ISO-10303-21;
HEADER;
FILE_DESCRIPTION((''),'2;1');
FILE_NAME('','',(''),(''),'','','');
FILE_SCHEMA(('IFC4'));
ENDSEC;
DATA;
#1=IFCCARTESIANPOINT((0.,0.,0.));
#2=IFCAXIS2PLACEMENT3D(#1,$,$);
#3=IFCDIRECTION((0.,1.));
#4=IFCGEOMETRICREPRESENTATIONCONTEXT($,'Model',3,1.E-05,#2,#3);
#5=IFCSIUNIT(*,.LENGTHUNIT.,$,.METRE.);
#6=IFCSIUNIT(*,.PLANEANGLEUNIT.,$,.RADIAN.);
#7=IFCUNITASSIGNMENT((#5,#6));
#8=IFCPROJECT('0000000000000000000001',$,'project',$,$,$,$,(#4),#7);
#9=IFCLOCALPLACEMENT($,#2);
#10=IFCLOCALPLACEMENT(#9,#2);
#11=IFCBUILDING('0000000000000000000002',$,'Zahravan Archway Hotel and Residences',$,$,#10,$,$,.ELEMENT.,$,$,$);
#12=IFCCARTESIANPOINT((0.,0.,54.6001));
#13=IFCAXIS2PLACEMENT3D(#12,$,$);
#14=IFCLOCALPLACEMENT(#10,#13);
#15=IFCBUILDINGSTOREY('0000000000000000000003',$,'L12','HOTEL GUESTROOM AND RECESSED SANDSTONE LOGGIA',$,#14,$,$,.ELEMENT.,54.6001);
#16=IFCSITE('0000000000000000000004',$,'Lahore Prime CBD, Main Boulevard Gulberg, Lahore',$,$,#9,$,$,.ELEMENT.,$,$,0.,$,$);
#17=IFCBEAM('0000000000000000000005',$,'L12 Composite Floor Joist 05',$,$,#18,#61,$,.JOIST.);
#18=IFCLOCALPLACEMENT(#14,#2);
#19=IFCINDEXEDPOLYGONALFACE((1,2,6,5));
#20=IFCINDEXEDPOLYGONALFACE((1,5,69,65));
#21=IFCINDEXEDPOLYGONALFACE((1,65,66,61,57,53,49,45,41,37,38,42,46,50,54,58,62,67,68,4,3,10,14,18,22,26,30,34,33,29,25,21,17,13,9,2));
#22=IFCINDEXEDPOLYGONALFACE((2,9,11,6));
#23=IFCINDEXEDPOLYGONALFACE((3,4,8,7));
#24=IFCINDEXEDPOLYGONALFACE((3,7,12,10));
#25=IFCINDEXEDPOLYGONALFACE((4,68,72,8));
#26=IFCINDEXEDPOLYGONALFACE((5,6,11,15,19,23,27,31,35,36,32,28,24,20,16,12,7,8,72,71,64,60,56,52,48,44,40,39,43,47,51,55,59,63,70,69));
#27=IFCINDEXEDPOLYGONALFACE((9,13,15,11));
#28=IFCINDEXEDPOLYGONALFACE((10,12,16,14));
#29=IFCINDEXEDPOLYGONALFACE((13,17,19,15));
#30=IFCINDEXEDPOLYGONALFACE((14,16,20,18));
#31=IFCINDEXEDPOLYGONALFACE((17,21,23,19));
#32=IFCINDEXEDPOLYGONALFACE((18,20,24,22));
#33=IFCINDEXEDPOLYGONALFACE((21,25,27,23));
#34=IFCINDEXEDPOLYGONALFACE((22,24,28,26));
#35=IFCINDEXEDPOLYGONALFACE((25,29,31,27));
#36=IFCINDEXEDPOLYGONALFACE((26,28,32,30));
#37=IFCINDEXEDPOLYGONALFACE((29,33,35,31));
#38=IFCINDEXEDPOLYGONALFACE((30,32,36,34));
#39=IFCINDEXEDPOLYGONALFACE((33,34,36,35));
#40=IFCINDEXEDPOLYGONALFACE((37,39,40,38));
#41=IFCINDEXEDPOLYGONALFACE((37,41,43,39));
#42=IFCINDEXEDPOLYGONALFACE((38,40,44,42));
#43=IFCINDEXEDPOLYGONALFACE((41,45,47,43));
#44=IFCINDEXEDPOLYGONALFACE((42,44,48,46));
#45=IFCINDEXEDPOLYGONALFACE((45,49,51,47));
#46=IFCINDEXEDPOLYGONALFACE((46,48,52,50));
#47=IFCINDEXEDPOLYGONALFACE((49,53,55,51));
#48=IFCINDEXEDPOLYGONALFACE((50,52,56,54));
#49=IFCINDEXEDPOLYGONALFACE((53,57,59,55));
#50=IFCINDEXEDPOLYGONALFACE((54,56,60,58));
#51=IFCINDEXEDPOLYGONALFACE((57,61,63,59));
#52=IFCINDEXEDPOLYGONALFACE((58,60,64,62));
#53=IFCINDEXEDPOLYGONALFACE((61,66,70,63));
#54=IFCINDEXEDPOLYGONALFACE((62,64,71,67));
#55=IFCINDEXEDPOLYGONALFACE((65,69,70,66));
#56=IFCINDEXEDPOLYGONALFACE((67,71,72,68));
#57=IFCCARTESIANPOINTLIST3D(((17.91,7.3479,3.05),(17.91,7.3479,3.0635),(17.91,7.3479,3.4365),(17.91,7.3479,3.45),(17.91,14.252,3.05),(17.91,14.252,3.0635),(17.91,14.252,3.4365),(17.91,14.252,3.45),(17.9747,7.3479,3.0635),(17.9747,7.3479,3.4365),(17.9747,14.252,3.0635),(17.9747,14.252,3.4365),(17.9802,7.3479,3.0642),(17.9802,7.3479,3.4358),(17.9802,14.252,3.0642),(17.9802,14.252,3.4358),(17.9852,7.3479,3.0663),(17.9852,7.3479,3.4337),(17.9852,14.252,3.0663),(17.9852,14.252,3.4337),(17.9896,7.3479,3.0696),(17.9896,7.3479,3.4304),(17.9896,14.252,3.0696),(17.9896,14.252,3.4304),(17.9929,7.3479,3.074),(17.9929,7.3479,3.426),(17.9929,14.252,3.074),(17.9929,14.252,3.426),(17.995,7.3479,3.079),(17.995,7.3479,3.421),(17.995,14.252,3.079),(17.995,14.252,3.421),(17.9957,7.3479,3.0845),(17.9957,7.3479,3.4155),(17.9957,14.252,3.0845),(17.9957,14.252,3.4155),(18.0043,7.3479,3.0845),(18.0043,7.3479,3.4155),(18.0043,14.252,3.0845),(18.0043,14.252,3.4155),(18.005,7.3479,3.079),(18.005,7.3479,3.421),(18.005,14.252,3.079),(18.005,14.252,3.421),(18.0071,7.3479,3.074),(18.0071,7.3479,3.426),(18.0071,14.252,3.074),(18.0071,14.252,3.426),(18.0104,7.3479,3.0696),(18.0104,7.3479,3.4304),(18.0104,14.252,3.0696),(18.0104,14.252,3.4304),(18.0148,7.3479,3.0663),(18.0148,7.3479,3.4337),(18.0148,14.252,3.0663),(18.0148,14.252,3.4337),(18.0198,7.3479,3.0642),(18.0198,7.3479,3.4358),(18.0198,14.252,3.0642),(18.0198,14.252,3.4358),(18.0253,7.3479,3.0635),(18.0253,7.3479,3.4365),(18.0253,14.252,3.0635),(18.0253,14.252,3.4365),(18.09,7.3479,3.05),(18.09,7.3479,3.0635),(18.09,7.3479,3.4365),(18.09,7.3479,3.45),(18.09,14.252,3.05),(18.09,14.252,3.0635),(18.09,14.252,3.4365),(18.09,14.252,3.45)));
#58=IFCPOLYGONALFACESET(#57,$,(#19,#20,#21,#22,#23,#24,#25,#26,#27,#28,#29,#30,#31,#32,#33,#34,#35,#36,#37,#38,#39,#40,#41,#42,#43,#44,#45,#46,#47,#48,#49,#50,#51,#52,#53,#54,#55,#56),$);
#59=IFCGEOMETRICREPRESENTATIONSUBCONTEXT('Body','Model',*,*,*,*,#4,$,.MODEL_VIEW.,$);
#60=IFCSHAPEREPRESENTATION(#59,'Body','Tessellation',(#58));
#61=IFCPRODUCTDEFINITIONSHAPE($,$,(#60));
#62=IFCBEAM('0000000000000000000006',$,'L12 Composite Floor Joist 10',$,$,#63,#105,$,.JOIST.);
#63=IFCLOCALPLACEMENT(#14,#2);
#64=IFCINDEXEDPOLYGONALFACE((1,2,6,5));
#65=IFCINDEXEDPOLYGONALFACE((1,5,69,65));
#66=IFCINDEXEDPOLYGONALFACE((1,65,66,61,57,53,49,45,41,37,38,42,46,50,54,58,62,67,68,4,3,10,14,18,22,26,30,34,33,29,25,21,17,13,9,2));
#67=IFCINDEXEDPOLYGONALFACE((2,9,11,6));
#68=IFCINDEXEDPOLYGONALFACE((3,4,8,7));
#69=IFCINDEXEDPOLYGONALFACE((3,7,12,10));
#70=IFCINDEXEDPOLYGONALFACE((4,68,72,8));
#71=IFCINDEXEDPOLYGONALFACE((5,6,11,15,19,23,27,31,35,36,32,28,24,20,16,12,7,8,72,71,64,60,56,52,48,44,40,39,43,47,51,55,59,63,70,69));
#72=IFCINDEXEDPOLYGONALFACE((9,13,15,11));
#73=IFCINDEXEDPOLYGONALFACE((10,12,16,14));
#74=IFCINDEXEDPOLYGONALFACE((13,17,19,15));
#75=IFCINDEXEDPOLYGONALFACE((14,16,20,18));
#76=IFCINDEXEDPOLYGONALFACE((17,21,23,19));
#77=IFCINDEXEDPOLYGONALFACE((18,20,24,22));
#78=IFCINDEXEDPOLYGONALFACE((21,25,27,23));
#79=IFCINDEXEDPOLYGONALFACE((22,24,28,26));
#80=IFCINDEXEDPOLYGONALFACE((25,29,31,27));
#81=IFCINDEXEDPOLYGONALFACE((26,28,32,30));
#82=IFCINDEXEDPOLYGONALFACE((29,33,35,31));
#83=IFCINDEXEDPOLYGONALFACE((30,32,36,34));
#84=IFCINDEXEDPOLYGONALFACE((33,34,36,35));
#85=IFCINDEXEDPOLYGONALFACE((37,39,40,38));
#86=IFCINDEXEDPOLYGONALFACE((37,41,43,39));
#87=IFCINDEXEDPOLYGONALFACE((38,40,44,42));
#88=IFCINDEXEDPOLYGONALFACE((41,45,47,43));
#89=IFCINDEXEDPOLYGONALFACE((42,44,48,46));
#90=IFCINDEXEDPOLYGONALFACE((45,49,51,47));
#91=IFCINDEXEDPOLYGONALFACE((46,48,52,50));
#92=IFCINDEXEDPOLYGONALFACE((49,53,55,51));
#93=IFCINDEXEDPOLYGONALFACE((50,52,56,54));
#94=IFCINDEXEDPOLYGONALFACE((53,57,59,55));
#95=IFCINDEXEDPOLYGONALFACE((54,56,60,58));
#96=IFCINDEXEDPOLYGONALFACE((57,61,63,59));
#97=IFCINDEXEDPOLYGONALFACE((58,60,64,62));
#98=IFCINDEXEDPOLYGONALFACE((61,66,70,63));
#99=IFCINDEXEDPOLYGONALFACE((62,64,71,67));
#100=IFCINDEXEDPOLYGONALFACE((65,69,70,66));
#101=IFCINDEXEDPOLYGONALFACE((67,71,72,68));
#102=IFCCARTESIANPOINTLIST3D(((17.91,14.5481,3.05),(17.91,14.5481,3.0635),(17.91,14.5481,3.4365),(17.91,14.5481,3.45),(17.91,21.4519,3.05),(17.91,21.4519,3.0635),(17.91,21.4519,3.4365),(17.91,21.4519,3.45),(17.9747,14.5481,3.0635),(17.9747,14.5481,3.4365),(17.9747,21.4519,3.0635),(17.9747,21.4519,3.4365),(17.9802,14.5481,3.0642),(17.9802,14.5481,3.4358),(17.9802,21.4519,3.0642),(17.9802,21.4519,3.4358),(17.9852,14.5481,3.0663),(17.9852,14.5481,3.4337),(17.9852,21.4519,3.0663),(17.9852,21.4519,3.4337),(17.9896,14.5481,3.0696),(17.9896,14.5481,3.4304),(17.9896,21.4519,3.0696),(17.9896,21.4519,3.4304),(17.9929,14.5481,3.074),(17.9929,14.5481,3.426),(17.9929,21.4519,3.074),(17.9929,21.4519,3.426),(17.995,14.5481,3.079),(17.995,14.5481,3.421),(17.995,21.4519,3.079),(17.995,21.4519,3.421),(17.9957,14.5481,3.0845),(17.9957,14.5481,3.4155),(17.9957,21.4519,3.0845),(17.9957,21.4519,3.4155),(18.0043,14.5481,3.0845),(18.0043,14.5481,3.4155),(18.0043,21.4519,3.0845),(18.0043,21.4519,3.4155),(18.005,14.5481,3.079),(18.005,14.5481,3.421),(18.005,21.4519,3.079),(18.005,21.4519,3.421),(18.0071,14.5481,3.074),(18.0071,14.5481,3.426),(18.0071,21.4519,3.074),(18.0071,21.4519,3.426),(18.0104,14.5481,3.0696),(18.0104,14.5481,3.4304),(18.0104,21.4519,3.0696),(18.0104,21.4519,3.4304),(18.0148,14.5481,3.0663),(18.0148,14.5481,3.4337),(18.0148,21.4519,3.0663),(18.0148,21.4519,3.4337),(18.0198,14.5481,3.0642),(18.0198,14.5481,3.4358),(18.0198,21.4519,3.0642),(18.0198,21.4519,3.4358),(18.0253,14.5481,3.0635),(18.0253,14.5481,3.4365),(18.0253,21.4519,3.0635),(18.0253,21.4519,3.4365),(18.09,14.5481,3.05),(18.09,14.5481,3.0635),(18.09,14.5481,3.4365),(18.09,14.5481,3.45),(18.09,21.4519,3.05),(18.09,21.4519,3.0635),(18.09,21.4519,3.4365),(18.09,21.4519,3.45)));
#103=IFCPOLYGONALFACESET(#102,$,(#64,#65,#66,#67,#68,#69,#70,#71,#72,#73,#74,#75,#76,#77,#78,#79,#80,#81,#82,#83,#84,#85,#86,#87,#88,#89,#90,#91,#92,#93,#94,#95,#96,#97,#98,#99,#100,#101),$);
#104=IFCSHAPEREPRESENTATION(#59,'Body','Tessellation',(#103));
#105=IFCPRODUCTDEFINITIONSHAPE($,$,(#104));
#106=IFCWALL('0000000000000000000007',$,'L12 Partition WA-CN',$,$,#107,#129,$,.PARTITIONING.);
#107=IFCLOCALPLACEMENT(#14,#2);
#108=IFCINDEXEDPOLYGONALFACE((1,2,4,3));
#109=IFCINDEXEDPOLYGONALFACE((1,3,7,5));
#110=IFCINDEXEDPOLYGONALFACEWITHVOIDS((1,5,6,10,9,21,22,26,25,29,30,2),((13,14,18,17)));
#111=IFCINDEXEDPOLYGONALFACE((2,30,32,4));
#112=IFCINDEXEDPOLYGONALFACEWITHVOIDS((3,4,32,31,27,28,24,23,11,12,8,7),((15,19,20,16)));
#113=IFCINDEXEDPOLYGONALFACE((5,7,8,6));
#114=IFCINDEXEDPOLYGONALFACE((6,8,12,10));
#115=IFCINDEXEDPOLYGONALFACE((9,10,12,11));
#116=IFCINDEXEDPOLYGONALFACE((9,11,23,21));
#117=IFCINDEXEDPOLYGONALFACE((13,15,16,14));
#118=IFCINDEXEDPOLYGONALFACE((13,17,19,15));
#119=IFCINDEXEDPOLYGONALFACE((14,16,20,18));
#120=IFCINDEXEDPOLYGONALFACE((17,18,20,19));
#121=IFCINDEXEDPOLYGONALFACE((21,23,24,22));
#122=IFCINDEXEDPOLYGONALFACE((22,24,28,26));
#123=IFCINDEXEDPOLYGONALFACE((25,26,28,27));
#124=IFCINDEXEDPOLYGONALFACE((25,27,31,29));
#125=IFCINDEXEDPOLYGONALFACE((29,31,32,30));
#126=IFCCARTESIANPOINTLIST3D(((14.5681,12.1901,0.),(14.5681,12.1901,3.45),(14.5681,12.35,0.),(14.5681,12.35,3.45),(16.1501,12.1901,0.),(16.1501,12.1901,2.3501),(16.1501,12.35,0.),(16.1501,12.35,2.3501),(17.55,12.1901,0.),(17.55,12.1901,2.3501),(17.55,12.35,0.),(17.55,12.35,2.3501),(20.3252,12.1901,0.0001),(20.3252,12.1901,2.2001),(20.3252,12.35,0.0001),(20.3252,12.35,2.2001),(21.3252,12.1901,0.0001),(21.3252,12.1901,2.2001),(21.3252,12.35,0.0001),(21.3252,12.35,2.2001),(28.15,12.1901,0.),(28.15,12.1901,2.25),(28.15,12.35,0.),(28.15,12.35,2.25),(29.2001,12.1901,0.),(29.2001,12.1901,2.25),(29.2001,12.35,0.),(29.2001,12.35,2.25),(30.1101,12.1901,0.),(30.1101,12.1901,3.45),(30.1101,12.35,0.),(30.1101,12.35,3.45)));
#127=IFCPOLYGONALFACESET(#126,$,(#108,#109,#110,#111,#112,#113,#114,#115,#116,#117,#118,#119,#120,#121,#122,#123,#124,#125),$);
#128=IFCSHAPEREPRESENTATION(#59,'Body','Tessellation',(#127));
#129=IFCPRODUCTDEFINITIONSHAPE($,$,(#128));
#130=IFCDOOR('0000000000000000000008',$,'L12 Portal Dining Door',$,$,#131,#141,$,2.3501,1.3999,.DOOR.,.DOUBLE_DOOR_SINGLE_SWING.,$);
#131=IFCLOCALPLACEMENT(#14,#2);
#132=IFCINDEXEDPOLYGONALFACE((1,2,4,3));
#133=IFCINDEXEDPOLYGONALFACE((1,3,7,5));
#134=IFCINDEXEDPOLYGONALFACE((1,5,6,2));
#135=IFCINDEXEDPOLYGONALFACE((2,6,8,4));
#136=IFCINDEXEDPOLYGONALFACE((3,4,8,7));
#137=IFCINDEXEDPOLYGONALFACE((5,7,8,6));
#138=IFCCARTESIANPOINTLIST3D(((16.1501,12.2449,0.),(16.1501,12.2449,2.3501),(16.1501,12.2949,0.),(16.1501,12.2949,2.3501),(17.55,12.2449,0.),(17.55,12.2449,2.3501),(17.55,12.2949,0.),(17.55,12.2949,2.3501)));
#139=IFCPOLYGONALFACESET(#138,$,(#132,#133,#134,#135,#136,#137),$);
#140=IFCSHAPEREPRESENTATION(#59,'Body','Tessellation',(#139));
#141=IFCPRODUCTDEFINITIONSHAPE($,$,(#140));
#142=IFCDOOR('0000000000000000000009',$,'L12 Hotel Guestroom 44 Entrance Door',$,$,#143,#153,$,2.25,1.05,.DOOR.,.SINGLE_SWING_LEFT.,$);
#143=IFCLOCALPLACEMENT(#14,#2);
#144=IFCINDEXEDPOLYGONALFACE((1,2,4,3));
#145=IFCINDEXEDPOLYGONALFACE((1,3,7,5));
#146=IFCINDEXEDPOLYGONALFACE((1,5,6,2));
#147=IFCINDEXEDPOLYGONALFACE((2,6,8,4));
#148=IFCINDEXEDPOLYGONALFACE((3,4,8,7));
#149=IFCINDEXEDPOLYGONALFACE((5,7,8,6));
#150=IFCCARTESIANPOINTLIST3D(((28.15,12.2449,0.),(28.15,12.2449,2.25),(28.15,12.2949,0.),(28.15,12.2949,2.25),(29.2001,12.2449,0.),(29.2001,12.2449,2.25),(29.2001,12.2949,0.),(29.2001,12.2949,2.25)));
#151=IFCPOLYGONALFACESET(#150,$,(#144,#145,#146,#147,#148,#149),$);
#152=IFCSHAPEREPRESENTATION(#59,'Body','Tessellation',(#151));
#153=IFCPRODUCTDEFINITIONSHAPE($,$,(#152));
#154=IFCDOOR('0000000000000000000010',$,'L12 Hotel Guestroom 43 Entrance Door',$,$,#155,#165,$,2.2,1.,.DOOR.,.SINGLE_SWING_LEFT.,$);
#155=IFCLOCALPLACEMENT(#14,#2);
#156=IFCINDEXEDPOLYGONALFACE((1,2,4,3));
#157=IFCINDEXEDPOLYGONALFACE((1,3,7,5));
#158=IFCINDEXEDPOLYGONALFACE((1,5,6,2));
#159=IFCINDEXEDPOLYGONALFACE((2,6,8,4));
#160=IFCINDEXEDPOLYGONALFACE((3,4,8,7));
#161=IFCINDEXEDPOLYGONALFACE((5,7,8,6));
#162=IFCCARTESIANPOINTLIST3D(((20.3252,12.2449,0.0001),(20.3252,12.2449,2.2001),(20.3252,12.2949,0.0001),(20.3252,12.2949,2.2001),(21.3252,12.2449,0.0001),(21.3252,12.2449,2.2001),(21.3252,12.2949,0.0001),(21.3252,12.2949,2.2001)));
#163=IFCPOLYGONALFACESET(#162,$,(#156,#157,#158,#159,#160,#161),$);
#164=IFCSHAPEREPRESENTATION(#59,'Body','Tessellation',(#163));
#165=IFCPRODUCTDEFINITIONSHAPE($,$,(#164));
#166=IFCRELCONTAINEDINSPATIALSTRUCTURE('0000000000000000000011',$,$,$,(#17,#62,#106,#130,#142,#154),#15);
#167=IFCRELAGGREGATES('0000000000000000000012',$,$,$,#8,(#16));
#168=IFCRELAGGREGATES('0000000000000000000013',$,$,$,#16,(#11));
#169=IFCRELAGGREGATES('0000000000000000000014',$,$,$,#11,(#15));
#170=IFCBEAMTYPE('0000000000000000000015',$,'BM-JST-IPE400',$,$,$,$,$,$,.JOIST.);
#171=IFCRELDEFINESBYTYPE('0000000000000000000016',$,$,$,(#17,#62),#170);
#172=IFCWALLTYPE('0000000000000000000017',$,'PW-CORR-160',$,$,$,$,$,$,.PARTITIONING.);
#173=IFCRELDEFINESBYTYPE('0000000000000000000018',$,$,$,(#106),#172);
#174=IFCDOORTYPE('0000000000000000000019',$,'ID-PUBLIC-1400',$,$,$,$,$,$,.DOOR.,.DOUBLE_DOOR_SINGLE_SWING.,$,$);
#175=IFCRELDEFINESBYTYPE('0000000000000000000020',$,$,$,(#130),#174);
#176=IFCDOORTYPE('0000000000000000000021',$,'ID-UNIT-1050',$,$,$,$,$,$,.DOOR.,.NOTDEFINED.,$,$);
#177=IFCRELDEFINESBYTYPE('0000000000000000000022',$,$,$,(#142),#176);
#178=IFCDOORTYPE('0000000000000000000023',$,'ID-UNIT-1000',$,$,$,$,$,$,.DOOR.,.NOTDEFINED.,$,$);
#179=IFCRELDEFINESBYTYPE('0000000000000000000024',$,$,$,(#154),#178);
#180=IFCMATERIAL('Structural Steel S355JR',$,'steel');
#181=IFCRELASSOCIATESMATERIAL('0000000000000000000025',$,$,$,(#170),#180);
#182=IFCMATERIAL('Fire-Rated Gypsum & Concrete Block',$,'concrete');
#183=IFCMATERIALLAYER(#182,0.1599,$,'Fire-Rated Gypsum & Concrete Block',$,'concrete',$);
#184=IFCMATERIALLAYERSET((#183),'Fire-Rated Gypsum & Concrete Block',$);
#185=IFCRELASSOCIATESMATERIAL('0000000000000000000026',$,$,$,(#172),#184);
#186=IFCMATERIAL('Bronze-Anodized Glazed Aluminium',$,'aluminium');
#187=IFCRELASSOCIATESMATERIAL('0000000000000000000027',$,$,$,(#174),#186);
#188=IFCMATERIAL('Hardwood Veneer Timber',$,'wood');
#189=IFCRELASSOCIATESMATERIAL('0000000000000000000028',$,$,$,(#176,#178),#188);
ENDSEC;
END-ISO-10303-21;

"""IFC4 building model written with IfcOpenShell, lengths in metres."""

from ifc_helpers import new_model, si_unit, direction, frame, frame_2d, origin, origin_2d, place, context, subcontext, project, spatial, rectangle, i_section, extrude, source, transform, mapped, material, layer, layer_set, material_profile, profile_set, type_object, type_shapes, element, fill, save


model = new_model("IFC4")

# Units and contexts
model_context = context("Model", 3, precision=1e-05, world=origin(), true_north=direction((0.0, 1.0)))
body_context = subcontext(model_context, "Body", "Model", "MODEL_VIEW")
ifc_project = project(units=[si_unit("LENGTHUNIT", "METRE"), si_unit("PLANEANGLEUNIT", "RADIAN")], contexts=[model_context])

# Site, building, storey
site_placement = place(None, origin())
site = spatial("IfcSite", under=ifc_project, at=site_placement, Name="Lahore Prime CBD, Main Boulevard Gulberg, Lahore", CompositionType="ELEMENT", RefElevation=0.0)
building_placement = place(site_placement, origin())
building = spatial("IfcBuilding", under=site, at=building_placement, Name="Zahravan Archway Hotel and Residences", CompositionType="ELEMENT")
storey_placement = place(building_placement, frame((0.0, 0.0, 54.6001)))
storey = spatial("IfcBuildingStorey", under=building, at=storey_placement, Name="L12", Description="HOTEL GUESTROOM AND RECESSED SANDSTONE LOGGIA", CompositionType="ELEMENT", Elevation=54.6001)

# Beams
ifc_material_1 = material(Name="Structural Steel S355JR", Category="steel")
ifc_material_profile_1 = material_profile(ifc_material_1, i_section(OverallWidth=0.1799, OverallDepth=0.3999, WebThickness=0.0085, FlangeThickness=0.0134, FilletRadius=0.021, at=origin_2d()), Name="IPE 400", Category="steel")
ifc_profile_set_1 = profile_set([ifc_material_profile_1], Name="Structural Steel S355JR")
beam_type_1 = type_object("IfcBeamType", Name="BM-JST-IPE400", PredefinedType="JOIST", material=ifc_profile_set_1)
shared_shape_1 = source(origin(), body_context, "Body", "SweptSolid", [
    extrude(i_section(OverallWidth=0.1799, OverallDepth=0.3999, WebThickness=0.0085, FlangeThickness=0.0134, FilletRadius=0.021, at=origin_2d()), origin(), (0.0, 0.0, 1.0), 6.9041),
])
type_shapes(beam_type_1, [shared_shape_1])
beam_1_placement = place(storey_placement, frame((18.0, 7.3479, 3.25), z_axis=(0.0, 1.0, 0.0), x_axis=(-1.0, 0.0, 0.0)))
element("IfcBeam", 1, at=beam_1_placement, inside=storey, type_object=beam_type_1, Name="L12 Composite Floor Joist 05", PredefinedType="JOIST", context=body_context, shape_type="MappedRepresentation", body=[
    mapped(shared_shape_1, transform((0.0, 0.0, 0.0), scale=1.0)),
])
shared_shape_2 = source(origin(), body_context, "Body", "SweptSolid", [
    extrude(i_section(OverallWidth=0.1799, OverallDepth=0.3999, WebThickness=0.0085, FlangeThickness=0.0134, FilletRadius=0.021, at=origin_2d()), origin(), (0.0, 0.0, 1.0), 6.9038),
])
beam_2_placement = place(storey_placement, frame((18.0, 14.5481, 3.25), z_axis=(0.0, 1.0, 0.0), x_axis=(-1.0, 0.0, 0.0)))
element("IfcBeam", 2, at=beam_2_placement, inside=storey, type_object=beam_type_1, Name="L12 Composite Floor Joist 10", PredefinedType="JOIST", context=body_context, shape_type="MappedRepresentation", body=[
    mapped(shared_shape_2, transform((0.0, 0.0, 0.0), scale=1.0)),
])

# Wall, openings, doors
ifc_material_2 = material(Name="Fire-Rated Gypsum & Concrete Block", Category="concrete")
ifc_layer_1 = layer(ifc_material_2, 0.1599, Name="Fire-Rated Gypsum & Concrete Block", Category="concrete")
ifc_layer_set_1 = layer_set([ifc_layer_1], Name="Fire-Rated Gypsum & Concrete Block")
wall_type_1 = type_object("IfcWallType", Name="PW-CORR-160", PredefinedType="PARTITIONING", material=ifc_layer_set_1)
wall_1_placement = place(storey_placement, frame((14.5681, 12.27, 0.0), z_axis=(0.0, 0.0, 1.0), x_axis=(1.0, 0.0, 0.0)))
wall_1 = element("IfcWall", 3, at=wall_1_placement, inside=storey, type_object=wall_type_1, Name="L12 Partition WA-CN", PredefinedType="PARTITIONING", context=body_context, shape_type="SweptSolid", body=[
    extrude(rectangle(XDim=15.542, YDim=0.1599, at=frame_2d((7.771, 0.0))), origin(), (0.0, 0.0, 1.0), 3.45),
])
opening_1_placement = place(wall_1_placement, frame((1.582, 0.0, 0.0)))
opening_1 = element("IfcOpeningElement", 4, at=opening_1_placement, cuts=wall_1, PredefinedType="OPENING", context=body_context, shape_type="SweptSolid", body=[
    extrude(rectangle(XDim=1.3999, YDim=2.3501, at=frame_2d((0.7, 1.175))), frame((0.0, 0.0898, 0.0), z_axis=(0.0, -1.0, 0.0), x_axis=(1.0, 0.0, 0.0)), (0.0, 0.0, 1.0), 0.1799),
])
opening_2_placement = place(wall_1_placement, frame((5.7571, 0.0, 0.0)))
opening_2 = element("IfcOpeningElement", 5, at=opening_2_placement, cuts=wall_1, PredefinedType="OPENING", context=body_context, shape_type="SweptSolid", body=[
    extrude(rectangle(XDim=1.0, YDim=2.2, at=frame_2d((0.5, 1.1001))), frame((0.0, 0.0898, 0.0), z_axis=(0.0, -1.0, 0.0), x_axis=(1.0, 0.0, 0.0)), (0.0, 0.0, 1.0), 0.1799),
])
opening_3_placement = place(wall_1_placement, frame((13.582, 0.0, 0.0)))
opening_3 = element("IfcOpeningElement", 6, at=opening_3_placement, cuts=wall_1, PredefinedType="OPENING", context=body_context, shape_type="SweptSolid", body=[
    extrude(rectangle(XDim=1.05, YDim=2.25, at=frame_2d((0.5249, 1.125))), frame((0.0, 0.0898, 0.0), z_axis=(0.0, -1.0, 0.0), x_axis=(1.0, 0.0, 0.0)), (0.0, 0.0, 1.0), 0.1799),
])
ifc_material_3 = material(Name="Bronze-Anodized Glazed Aluminium", Category="aluminium")
door_type_1 = type_object("IfcDoorType", Name="ID-PUBLIC-1400", OperationType="DOUBLE_DOOR_SINGLE_SWING", PredefinedType="DOOR", material=ifc_material_3)
shared_shape_3 = source(origin(), body_context, "Body", "SweptSolid", [
    extrude(rectangle(XDim=1.3999, YDim=2.3501, at=frame_2d((0.7, 1.175))), frame((0.0, 0.0249, 0.0), z_axis=(0.0, -1.0, 0.0), x_axis=(1.0, 0.0, 0.0)), (0.0, 0.0, 1.0), 0.05),
])
type_shapes(door_type_1, [shared_shape_3])
door_1_placement = place(opening_1_placement, origin())
door_1 = element("IfcDoor", 7, at=door_1_placement, inside=storey, type_object=door_type_1, Name="L12 Portal Dining Door", OperationType="DOUBLE_DOOR_SINGLE_SWING", OverallHeight=2.3501, OverallWidth=1.3999, PredefinedType="DOOR", context=body_context, shape_type="MappedRepresentation", body=[
    mapped(shared_shape_3, transform((0.0, 0.0, 0.0), scale=1.0)),
])
fill(opening_1, door_1)
ifc_material_4 = material(Name="Hardwood Veneer Timber", Category="wood")
door_type_2 = type_object("IfcDoorType", Name="ID-UNIT-1050", OperationType="NOTDEFINED", PredefinedType="DOOR", material=ifc_material_4)
shared_shape_4 = source(origin(), body_context, "Body", "SweptSolid", [
    extrude(rectangle(XDim=1.05, YDim=2.25, at=frame_2d((0.5249, 1.125))), frame((0.0, 0.0249, 0.0), z_axis=(0.0, -1.0, 0.0), x_axis=(1.0, 0.0, 0.0)), (0.0, 0.0, 1.0), 0.05),
])
type_shapes(door_type_2, [shared_shape_4])
door_2_placement = place(opening_3_placement, origin())
door_2 = element("IfcDoor", 8, at=door_2_placement, inside=storey, type_object=door_type_2, Name="L12 Hotel Guestroom 44 Entrance Door", OperationType="SINGLE_SWING_LEFT", OverallHeight=2.25, OverallWidth=1.05, PredefinedType="DOOR", context=body_context, shape_type="MappedRepresentation", body=[
    mapped(shared_shape_4, transform((0.0, 0.0, 0.0), scale=1.0)),
])
fill(opening_3, door_2)
door_type_3 = type_object("IfcDoorType", Name="ID-UNIT-1000", OperationType="NOTDEFINED", PredefinedType="DOOR", material=ifc_material_4)
shared_shape_5 = source(origin(), body_context, "Body", "SweptSolid", [
    extrude(rectangle(XDim=1.0, YDim=2.2, at=frame_2d((0.5, 1.1001))), frame((0.0, 0.0249, 0.0), z_axis=(0.0, -1.0, 0.0), x_axis=(1.0, 0.0, 0.0)), (0.0, 0.0, 1.0), 0.05),
])
type_shapes(door_type_3, [shared_shape_5])
door_3_placement = place(opening_2_placement, origin())
door_3 = element("IfcDoor", 9, at=door_3_placement, inside=storey, type_object=door_type_3, Name="L12 Hotel Guestroom 43 Entrance Door", OperationType="SINGLE_SWING_LEFT", OverallHeight=2.2, OverallWidth=1.0, PredefinedType="DOOR", context=body_context, shape_type="MappedRepresentation", body=[
    mapped(shared_shape_5, transform((0.0, 0.0, 0.0), scale=1.0)),
])
fill(opening_2, door_3)

save(model, "model.ifc")
